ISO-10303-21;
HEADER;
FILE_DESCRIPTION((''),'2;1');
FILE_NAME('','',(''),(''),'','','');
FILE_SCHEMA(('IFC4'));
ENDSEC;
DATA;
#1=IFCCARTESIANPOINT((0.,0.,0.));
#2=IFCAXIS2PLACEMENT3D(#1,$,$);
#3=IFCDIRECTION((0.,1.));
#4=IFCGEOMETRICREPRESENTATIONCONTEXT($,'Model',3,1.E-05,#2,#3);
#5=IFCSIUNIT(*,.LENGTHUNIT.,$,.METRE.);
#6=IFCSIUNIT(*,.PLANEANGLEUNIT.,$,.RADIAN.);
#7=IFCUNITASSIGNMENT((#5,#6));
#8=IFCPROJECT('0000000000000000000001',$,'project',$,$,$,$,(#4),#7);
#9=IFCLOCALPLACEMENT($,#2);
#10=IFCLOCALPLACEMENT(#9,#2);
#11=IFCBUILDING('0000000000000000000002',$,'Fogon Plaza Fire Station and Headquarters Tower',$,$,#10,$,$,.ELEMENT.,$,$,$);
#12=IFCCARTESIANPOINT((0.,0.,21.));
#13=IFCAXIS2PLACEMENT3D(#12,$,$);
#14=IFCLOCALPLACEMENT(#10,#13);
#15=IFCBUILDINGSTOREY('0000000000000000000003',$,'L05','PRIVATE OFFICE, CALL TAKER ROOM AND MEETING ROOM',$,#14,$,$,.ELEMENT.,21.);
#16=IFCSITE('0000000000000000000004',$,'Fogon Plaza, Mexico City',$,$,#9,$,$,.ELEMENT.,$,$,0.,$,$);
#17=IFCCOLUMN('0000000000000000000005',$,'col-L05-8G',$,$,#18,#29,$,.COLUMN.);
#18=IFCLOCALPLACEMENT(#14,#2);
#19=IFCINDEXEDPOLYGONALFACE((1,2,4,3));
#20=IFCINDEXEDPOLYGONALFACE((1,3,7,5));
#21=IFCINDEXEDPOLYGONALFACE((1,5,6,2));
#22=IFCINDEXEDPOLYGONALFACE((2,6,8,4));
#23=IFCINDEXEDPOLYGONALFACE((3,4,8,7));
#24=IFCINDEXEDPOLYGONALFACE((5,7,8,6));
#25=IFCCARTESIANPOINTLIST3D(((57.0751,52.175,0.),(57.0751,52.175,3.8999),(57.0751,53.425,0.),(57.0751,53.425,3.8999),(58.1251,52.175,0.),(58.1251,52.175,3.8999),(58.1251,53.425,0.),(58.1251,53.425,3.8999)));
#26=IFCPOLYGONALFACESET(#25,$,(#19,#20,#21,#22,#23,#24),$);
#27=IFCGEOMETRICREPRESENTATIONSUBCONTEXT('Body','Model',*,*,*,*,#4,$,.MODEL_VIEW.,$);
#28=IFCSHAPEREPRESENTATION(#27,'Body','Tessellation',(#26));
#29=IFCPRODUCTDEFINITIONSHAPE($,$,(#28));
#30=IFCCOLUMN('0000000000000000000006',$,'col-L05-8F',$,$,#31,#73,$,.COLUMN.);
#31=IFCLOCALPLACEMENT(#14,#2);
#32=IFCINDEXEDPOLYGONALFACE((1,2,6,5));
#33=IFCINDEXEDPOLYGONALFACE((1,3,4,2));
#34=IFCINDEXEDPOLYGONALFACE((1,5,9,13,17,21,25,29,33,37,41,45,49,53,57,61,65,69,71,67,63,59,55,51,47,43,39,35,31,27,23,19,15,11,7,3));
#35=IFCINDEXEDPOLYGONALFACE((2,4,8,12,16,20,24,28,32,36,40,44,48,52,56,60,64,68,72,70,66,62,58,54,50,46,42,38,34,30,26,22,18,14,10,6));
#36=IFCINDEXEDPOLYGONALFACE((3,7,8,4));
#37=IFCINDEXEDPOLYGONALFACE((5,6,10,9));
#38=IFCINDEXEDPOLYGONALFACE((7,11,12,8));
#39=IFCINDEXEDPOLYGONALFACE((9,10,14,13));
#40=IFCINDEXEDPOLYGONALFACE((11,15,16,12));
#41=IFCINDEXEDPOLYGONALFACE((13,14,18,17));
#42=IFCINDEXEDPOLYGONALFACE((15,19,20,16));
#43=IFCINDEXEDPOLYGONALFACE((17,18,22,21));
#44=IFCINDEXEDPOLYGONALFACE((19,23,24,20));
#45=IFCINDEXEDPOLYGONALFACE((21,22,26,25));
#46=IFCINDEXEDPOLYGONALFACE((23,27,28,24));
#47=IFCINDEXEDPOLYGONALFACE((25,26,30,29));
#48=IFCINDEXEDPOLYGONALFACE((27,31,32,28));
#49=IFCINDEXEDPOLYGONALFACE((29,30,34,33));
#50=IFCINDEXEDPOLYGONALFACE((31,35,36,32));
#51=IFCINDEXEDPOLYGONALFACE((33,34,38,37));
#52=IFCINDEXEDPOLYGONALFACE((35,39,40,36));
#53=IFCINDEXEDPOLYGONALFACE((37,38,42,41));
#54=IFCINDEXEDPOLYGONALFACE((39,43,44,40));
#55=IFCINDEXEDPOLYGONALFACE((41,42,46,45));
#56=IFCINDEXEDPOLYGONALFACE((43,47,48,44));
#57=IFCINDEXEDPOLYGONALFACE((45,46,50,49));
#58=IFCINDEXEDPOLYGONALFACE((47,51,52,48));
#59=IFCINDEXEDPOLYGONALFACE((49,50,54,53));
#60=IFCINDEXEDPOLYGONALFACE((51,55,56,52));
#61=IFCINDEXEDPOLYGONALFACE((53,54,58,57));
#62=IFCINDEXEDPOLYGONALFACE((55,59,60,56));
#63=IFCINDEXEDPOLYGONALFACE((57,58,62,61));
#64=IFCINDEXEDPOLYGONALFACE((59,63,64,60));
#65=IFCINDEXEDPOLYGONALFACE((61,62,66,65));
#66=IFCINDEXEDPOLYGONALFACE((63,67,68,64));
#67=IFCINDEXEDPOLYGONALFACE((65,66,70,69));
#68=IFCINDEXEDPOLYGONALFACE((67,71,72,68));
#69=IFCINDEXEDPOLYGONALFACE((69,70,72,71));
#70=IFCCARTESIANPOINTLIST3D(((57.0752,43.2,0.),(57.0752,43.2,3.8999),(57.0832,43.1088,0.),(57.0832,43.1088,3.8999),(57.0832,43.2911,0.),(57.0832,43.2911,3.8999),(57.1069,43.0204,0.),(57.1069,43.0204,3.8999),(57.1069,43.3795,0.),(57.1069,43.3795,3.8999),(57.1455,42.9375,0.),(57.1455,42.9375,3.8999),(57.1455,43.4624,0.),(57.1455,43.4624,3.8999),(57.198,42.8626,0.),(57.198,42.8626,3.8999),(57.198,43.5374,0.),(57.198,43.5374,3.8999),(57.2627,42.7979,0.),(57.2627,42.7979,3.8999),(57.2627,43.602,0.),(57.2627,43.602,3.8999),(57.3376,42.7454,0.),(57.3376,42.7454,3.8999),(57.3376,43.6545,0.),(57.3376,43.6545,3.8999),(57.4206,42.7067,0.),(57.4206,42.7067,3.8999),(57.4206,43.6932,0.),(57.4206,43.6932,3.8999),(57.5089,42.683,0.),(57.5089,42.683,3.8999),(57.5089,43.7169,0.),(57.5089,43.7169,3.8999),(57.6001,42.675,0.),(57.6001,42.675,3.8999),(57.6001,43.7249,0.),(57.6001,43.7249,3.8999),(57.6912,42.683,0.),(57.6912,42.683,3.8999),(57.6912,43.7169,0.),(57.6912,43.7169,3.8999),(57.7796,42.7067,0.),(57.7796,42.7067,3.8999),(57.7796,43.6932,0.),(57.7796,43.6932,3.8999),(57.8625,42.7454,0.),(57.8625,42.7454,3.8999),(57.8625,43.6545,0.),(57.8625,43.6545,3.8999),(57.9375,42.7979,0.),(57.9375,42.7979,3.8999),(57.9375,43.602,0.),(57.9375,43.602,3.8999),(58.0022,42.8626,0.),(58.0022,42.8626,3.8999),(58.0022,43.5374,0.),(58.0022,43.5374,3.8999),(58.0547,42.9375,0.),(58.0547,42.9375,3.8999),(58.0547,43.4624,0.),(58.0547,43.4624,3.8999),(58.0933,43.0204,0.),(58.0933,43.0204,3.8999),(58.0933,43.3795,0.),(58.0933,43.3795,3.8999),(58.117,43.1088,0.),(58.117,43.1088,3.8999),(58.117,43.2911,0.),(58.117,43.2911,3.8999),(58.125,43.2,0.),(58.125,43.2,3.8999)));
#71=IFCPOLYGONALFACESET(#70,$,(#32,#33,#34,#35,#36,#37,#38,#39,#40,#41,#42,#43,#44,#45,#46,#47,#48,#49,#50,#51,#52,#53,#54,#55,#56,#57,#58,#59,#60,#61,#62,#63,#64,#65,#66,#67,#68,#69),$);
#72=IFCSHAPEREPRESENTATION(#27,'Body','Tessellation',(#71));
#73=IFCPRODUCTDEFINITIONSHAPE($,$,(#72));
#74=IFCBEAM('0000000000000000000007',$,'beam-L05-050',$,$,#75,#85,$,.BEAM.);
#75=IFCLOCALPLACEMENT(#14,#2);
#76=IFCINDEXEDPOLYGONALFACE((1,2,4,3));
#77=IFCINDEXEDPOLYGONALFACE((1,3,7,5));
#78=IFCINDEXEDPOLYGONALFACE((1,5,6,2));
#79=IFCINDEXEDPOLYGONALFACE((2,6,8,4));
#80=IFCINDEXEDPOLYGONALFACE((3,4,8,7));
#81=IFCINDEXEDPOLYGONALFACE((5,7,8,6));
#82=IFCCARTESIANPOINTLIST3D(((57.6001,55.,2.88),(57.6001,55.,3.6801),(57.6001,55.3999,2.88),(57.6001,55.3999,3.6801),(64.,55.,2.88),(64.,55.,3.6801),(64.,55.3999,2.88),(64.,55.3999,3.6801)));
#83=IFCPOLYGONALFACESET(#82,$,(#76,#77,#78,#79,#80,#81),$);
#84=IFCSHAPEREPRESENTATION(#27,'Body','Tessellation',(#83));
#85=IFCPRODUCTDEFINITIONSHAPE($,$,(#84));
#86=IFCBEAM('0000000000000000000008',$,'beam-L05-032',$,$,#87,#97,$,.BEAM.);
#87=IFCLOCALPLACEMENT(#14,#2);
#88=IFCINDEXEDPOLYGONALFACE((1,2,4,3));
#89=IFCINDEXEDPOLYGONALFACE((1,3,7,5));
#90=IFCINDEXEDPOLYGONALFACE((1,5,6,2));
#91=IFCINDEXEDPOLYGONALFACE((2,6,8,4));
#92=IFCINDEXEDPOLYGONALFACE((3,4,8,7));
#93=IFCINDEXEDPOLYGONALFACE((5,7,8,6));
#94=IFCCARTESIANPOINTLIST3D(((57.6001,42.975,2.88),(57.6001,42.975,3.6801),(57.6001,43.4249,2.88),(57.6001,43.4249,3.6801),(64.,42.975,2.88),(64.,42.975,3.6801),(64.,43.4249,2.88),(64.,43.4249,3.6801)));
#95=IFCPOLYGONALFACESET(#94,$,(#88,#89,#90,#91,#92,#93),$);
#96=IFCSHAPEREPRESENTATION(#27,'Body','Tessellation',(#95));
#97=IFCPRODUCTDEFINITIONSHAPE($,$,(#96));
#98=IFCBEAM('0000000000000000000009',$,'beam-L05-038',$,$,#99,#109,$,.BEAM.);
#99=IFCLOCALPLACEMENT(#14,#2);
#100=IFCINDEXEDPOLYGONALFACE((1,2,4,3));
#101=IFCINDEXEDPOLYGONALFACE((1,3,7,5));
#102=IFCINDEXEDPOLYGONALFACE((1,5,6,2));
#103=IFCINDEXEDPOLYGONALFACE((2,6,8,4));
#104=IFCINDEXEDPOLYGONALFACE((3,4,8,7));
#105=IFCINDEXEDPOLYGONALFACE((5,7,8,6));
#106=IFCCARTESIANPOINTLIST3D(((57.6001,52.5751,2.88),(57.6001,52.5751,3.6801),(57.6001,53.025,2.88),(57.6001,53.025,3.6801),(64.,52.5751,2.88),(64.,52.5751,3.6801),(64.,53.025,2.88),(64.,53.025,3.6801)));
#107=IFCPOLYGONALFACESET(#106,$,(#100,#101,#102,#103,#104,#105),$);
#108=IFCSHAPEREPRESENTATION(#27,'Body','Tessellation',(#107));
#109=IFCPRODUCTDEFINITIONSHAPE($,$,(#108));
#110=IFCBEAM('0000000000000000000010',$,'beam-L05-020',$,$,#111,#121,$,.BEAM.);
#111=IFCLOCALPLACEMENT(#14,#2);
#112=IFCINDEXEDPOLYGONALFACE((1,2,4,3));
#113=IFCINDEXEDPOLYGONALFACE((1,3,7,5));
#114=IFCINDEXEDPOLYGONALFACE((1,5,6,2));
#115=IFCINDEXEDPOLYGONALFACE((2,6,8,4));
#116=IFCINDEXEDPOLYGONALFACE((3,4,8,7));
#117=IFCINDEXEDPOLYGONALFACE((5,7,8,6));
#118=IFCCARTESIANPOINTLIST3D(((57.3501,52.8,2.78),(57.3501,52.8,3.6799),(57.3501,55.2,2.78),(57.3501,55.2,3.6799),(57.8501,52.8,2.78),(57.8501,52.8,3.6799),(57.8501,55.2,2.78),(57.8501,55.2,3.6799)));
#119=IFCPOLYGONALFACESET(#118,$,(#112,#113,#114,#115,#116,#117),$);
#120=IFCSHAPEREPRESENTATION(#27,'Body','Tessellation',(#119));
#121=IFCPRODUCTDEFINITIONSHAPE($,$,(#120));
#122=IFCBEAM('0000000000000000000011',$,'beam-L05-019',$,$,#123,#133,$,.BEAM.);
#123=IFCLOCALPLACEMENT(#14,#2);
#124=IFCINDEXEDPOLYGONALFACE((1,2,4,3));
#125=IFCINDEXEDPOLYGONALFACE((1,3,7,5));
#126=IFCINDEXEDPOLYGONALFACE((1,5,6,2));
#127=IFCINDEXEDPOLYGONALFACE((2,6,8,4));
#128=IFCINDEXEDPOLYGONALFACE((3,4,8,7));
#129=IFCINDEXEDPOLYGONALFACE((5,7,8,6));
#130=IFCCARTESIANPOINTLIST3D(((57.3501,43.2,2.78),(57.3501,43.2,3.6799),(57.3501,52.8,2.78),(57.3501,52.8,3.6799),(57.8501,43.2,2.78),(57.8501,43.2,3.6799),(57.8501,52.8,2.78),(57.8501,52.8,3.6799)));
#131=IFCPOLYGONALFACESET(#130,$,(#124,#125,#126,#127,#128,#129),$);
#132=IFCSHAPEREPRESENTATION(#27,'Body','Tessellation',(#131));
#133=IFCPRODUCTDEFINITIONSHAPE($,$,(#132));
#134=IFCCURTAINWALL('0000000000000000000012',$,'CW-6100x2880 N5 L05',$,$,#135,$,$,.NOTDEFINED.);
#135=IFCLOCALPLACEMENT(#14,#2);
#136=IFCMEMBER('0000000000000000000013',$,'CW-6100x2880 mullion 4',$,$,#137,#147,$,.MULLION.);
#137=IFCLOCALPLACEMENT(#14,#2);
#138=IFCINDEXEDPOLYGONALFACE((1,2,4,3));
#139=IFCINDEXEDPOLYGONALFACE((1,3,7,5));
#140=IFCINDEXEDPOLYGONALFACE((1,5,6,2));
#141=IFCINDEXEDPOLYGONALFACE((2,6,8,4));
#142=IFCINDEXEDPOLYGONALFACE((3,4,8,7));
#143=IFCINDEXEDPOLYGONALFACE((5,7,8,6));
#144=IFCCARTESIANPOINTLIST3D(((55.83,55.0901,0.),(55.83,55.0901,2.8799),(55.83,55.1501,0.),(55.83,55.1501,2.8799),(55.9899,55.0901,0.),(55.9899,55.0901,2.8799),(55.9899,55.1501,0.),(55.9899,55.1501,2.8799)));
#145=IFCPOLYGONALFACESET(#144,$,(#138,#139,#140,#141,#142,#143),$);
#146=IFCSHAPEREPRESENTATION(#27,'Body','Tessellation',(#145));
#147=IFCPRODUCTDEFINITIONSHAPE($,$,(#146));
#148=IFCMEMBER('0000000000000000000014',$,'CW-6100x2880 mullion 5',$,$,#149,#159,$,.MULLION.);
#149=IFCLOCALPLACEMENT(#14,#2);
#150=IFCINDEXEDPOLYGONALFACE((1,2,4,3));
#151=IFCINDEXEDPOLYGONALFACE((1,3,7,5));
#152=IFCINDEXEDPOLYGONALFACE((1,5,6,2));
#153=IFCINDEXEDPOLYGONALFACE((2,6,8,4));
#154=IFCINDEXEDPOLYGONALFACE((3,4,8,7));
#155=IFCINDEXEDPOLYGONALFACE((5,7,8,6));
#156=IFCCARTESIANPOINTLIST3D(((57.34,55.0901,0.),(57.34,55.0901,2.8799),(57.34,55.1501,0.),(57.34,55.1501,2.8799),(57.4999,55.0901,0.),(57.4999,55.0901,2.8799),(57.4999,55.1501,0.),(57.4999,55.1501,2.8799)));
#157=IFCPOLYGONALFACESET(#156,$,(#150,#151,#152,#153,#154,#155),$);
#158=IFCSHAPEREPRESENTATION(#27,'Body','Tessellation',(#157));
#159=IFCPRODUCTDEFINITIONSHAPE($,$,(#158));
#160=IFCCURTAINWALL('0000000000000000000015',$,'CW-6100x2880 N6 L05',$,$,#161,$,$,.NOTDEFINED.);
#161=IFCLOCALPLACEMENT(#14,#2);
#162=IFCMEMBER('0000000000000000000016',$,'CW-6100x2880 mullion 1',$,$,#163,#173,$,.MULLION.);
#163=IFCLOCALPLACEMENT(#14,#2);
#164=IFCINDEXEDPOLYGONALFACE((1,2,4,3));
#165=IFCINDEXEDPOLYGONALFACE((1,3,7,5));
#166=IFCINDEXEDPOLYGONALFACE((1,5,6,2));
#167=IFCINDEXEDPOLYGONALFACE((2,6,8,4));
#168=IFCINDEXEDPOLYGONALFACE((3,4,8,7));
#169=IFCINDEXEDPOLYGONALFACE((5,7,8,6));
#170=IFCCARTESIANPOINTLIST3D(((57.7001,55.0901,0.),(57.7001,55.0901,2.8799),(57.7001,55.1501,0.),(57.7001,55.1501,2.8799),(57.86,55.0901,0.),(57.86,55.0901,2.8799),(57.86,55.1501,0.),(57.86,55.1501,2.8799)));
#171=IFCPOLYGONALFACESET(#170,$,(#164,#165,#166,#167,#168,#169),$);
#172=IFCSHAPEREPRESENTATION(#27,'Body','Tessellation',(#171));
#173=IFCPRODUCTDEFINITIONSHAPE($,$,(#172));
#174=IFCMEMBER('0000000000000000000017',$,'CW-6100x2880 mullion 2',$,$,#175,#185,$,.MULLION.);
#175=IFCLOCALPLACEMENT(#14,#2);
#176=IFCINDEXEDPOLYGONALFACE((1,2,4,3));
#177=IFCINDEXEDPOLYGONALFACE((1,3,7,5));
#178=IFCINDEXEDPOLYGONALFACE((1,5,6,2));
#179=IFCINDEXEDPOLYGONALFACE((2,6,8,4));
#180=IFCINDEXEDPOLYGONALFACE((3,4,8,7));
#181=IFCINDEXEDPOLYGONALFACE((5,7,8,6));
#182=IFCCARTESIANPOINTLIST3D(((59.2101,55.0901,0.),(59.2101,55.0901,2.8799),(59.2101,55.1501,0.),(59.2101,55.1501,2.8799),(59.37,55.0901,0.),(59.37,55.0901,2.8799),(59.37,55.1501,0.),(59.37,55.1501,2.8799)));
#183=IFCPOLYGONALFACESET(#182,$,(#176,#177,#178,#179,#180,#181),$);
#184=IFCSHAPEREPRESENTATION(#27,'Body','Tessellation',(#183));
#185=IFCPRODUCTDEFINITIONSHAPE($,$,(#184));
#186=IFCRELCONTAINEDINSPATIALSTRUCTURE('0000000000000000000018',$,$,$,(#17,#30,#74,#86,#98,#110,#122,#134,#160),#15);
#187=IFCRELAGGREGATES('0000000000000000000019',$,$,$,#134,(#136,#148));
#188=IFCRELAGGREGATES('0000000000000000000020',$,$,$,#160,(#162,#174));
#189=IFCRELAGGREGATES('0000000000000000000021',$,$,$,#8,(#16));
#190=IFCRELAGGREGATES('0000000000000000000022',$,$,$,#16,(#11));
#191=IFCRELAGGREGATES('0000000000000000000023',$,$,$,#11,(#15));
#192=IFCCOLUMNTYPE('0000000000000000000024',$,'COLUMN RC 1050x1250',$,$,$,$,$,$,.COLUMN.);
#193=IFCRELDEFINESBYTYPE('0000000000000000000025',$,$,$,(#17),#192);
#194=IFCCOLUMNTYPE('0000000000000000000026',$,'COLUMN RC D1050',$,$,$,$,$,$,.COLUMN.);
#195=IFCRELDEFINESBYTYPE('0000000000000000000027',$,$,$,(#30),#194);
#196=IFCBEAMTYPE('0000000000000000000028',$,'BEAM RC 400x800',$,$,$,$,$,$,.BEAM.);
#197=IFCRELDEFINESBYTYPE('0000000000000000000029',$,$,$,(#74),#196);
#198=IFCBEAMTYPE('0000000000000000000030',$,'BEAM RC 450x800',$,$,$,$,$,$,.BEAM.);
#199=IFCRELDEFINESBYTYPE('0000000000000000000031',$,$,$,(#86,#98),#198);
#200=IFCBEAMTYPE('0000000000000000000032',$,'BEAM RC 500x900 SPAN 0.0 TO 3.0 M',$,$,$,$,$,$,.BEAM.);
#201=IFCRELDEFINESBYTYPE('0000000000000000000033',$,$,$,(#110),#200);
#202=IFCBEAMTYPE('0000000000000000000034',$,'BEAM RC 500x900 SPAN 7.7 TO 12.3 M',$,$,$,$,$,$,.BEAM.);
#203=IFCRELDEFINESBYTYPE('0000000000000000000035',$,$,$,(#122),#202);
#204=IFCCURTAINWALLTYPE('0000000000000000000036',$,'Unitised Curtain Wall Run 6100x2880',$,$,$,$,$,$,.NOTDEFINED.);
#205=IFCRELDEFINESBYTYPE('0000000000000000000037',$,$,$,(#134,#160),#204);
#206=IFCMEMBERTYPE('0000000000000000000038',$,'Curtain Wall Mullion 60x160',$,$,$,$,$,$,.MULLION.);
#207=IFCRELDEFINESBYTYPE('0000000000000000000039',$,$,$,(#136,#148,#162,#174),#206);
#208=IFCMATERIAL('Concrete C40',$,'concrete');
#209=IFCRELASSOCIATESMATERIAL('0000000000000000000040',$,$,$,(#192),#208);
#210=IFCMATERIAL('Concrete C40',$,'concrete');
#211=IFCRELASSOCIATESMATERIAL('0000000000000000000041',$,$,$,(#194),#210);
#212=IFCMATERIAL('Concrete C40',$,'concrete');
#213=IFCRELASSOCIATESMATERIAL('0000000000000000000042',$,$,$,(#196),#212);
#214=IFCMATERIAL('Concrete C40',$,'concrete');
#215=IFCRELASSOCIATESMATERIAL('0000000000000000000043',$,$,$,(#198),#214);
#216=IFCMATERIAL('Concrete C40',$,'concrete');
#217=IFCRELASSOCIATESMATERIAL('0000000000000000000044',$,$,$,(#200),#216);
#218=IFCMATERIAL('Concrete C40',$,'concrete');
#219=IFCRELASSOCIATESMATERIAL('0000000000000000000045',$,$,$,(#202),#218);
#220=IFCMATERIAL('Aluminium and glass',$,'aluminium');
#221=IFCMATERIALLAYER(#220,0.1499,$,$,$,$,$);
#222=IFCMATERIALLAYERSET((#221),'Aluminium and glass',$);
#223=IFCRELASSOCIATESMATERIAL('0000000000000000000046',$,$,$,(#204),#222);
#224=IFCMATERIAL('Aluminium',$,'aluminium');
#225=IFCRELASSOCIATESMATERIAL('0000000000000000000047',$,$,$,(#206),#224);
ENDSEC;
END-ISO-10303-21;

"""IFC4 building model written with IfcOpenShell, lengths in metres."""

from ifc_helpers import new_model, si_unit, direction, frame, origin, origin_2d, place, context, subcontext, project, spatial, rectangle, circle, extrude, material, layer, layer_set, material_profile, profile_set, type_object, element, aggregate, save


model = new_model("IFC4")

# Units and contexts
model_context = context("Model", 3, precision=1e-05, world=origin(), true_north=direction((0.0, 1.0)))
body_context = subcontext(model_context, "Body", "Model", "MODEL_VIEW")
ifc_project = project(units=[si_unit("LENGTHUNIT", "METRE"), si_unit("PLANEANGLEUNIT", "RADIAN")], contexts=[model_context])

# Site, building, storey
site_placement = place(None, origin())
site = spatial("IfcSite", under=ifc_project, at=site_placement, Name="Fogon Plaza, Mexico City", CompositionType="ELEMENT", RefElevation=0.0)
building_placement = place(site_placement, origin())
building = spatial("IfcBuilding", under=site, at=building_placement, Name="Fogon Plaza Fire Station and Headquarters Tower", CompositionType="ELEMENT")
storey_placement = place(building_placement, frame((0.0, 0.0, 21.0)))
storey = spatial("IfcBuildingStorey", under=building, at=storey_placement, Name="L05", Description="PRIVATE OFFICE, CALL TAKER ROOM AND MEETING ROOM", CompositionType="ELEMENT", Elevation=21.0)

# Columns
ifc_material_1 = material(Name="Concrete C40", Category="concrete")
ifc_material_profile_1 = material_profile(ifc_material_1, rectangle(XDim=1.05, YDim=1.25, at=origin_2d()), Name="RC 1050x1250")
ifc_profile_set_1 = profile_set([ifc_material_profile_1], Name="Concrete C40")
column_type_1 = type_object("IfcColumnType", Name="COLUMN RC 1050x1250", PredefinedType="COLUMN", material=ifc_profile_set_1)
column_1_placement = place(storey_placement, frame((57.6001, 52.8, 0.0), z_axis=(0.0, 0.0, 1.0), x_axis=(1.0, 0.0, 0.0)))
element("IfcColumn", 1, at=column_1_placement, inside=storey, type_object=column_type_1, Name="col-L05-8G", PredefinedType="COLUMN", context=body_context, shape_type="SweptSolid", body=[
    extrude(rectangle(XDim=1.05, YDim=1.25, at=origin_2d()), origin(), (0.0, 0.0, 1.0), 3.8999),
])
ifc_material_2 = material(Name="Concrete C40", Category="concrete")
ifc_material_profile_2 = material_profile(ifc_material_2, circle(Radius=0.5249, at=origin_2d()), Name="RC D1050")
ifc_profile_set_2 = profile_set([ifc_material_profile_2], Name="Concrete C40")
column_type_2 = type_object("IfcColumnType", Name="COLUMN RC D1050", PredefinedType="COLUMN", material=ifc_profile_set_2)
column_2_placement = place(storey_placement, frame((57.6001, 43.2, 0.0), z_axis=(0.0, 0.0, 1.0), x_axis=(1.0, 0.0, 0.0)))
element("IfcColumn", 2, at=column_2_placement, inside=storey, type_object=column_type_2, Name="col-L05-8F", PredefinedType="COLUMN", context=body_context, shape_type="SweptSolid", body=[
    extrude(circle(Radius=0.5249, at=origin_2d()), origin(), (0.0, 0.0, 1.0), 3.8999),
])

# Beams
ifc_material_3 = material(Name="Concrete C40", Category="concrete")
ifc_material_profile_3 = material_profile(ifc_material_3, rectangle(XDim=0.3999, YDim=0.8, at=origin_2d()), Name="RC 400x800")
ifc_profile_set_3 = profile_set([ifc_material_profile_3], Name="Concrete C40")
beam_type_1 = type_object("IfcBeamType", Name="BEAM RC 400x800", PredefinedType="BEAM", material=ifc_profile_set_3)
beam_1_placement = place(storey_placement, frame((57.6001, 55.2, 3.28), z_axis=(1.0, 0.0, 0.0), x_axis=(0.0, 1.0, 0.0)))
element("IfcBeam", 3, at=beam_1_placement, inside=storey, type_object=beam_type_1, Name="beam-L05-050", PredefinedType="BEAM", context=body_context, shape_type="SweptSolid", body=[
    extrude(rectangle(XDim=0.3999, YDim=0.8, at=origin_2d()), origin(), (0.0, 0.0, 1.0), 6.3999),
])
ifc_material_4 = material(Name="Concrete C40", Category="concrete")
ifc_material_profile_4 = material_profile(ifc_material_4, rectangle(XDim=0.45, YDim=0.8, at=origin_2d()), Name="RC 450x800")
ifc_profile_set_4 = profile_set([ifc_material_profile_4], Name="Concrete C40")
beam_type_2 = type_object("IfcBeamType", Name="BEAM RC 450x800", PredefinedType="BEAM", material=ifc_profile_set_4)
for number, where, z_axis, x_axis, name in (
    (4, (57.6001, 43.2, 3.28), (1.0, 0.0, 0.0), (0.0, 1.0, 0.0), "beam-L05-032"),
    (5, (57.6001, 52.8, 3.28), (1.0, 0.0, 0.0), (0.0, 1.0, 0.0), "beam-L05-038"),
):
    element("IfcBeam", number, at=place(storey_placement, frame(where, z_axis=z_axis, x_axis=x_axis)), inside=storey, type_object=beam_type_2, Name=name, PredefinedType="BEAM", context=body_context, shape_type="SweptSolid", body=[
        extrude(rectangle(XDim=0.45, YDim=0.8, at=origin_2d()), origin(), (0.0, 0.0, 1.0), 6.3999),
    ])
ifc_material_5 = material(Name="Concrete C40", Category="concrete")
ifc_material_profile_5 = material_profile(ifc_material_5, rectangle(XDim=0.5, YDim=0.8999, at=origin_2d()), Name="RC 500x900")
ifc_profile_set_5 = profile_set([ifc_material_profile_5], Name="Concrete C40")
beam_type_3 = type_object("IfcBeamType", Name="BEAM RC 500x900 SPAN 0.0 TO 3.0 M", PredefinedType="BEAM", material=ifc_profile_set_5)
beam_2_placement = place(storey_placement, frame((57.6001, 52.8, 3.23), z_axis=(0.0, 1.0, 0.0), x_axis=(-1.0, 0.0, 0.0)))
element("IfcBeam", 6, at=beam_2_placement, inside=storey, type_object=beam_type_3, Name="beam-L05-020", PredefinedType="BEAM", context=body_context, shape_type="SweptSolid", body=[
    extrude(rectangle(XDim=0.5, YDim=0.8999, at=origin_2d()), origin(), (0.0, 0.0, 1.0), 2.3999),
])
ifc_material_6 = material(Name="Concrete C40", Category="concrete")
ifc_material_profile_6 = material_profile(ifc_material_6, rectangle(XDim=0.5, YDim=0.8999, at=origin_2d()), Name="RC 500x900")
ifc_profile_set_6 = profile_set([ifc_material_profile_6], Name="Concrete C40")
beam_type_4 = type_object("IfcBeamType", Name="BEAM RC 500x900 SPAN 7.7 TO 12.3 M", PredefinedType="BEAM", material=ifc_profile_set_6)
beam_3_placement = place(storey_placement, frame((57.6001, 43.2, 3.23), z_axis=(0.0, 1.0, 0.0), x_axis=(-1.0, 0.0, 0.0)))
element("IfcBeam", 7, at=beam_3_placement, inside=storey, type_object=beam_type_4, Name="beam-L05-019", PredefinedType="BEAM", context=body_context, shape_type="SweptSolid", body=[
    extrude(rectangle(XDim=0.5, YDim=0.8999, at=origin_2d()), origin(), (0.0, 0.0, 1.0), 9.6001),
])

# Curtain walls, members
ifc_material_7 = material(Name="Aluminium and glass", Category="aluminium")
ifc_layer_1 = layer(ifc_material_7, 0.1499)
ifc_layer_set_1 = layer_set([ifc_layer_1], Name="Aluminium and glass")
curtain_wall_type = type_object("IfcCurtainWallType", Name="Unitised Curtain Wall Run 6100x2880", PredefinedType="NOTDEFINED", material=ifc_layer_set_1)
curtain_wall_1_placement = place(storey_placement, origin())
curtain_wall_1 = element("IfcCurtainWall", 8, at=curtain_wall_1_placement, inside=storey, type_object=curtain_wall_type, Name="CW-6100x2880 N5 L05", PredefinedType="NOTDEFINED")
ifc_material_8 = material(Name="Aluminium", Category="aluminium")
ifc_material_profile_7 = material_profile(ifc_material_8, rectangle(XDim=0.0601, YDim=0.1599, at=origin_2d()), Name="Curtain Wall Mullion 60x160")
ifc_profile_set_7 = profile_set([ifc_material_profile_7], Name="Aluminium")
member_type_1 = type_object("IfcMemberType", Name="Curtain Wall Mullion 60x160", PredefinedType="MULLION", material=ifc_profile_set_7)
member_1_placement = place(storey_placement, frame((55.9099, 55.1201, 0.0), z_axis=(0.0, 0.0, 1.0), x_axis=(0.0, 1.0, 0.0)))
member_1 = element("IfcMember", 9, at=member_1_placement, type_object=member_type_1, Name="CW-6100x2880 mullion 4", PredefinedType="MULLION", context=body_context, shape_type="SweptSolid", body=[
    extrude(rectangle(XDim=0.0601, YDim=0.1599, at=origin_2d()), origin(), (0.0, 0.0, 1.0), 2.8799),
])
member_2_placement = place(storey_placement, frame((57.4199, 55.1201, 0.0), z_axis=(0.0, 0.0, 1.0), x_axis=(0.0, 1.0, 0.0)))
member_2 = element("IfcMember", 10, at=member_2_placement, type_object=member_type_1, Name="CW-6100x2880 mullion 5", PredefinedType="MULLION", context=body_context, shape_type="SweptSolid", body=[
    extrude(rectangle(XDim=0.0601, YDim=0.1599, at=origin_2d()), origin(), (0.0, 0.0, 1.0), 2.8799),
])
curtain_wall_2_placement = place(storey_placement, origin())
curtain_wall_2 = element("IfcCurtainWall", 11, at=curtain_wall_2_placement, inside=storey, type_object=curtain_wall_type, Name="CW-6100x2880 N6 L05", PredefinedType="NOTDEFINED")
member_3_placement = place(storey_placement, frame((57.78, 55.1201, 0.0), z_axis=(0.0, 0.0, 1.0), x_axis=(0.0, 1.0, 0.0)))
member_3 = element("IfcMember", 12, at=member_3_placement, type_object=member_type_1, Name="CW-6100x2880 mullion 1", PredefinedType="MULLION", context=body_context, shape_type="SweptSolid", body=[
    extrude(rectangle(XDim=0.0601, YDim=0.1599, at=origin_2d()), origin(), (0.0, 0.0, 1.0), 2.8799),
])
member_4_placement = place(storey_placement, frame((59.29, 55.1201, 0.0), z_axis=(0.0, 0.0, 1.0), x_axis=(0.0, 1.0, 0.0)))
member_4 = element("IfcMember", 13, at=member_4_placement, type_object=member_type_1, Name="CW-6100x2880 mullion 2", PredefinedType="MULLION", context=body_context, shape_type="SweptSolid", body=[
    extrude(rectangle(XDim=0.0601, YDim=0.1599, at=origin_2d()), origin(), (0.0, 0.0, 1.0), 2.8799),
])

aggregate(curtain_wall_1, [member_1, member_2])
aggregate(curtain_wall_2, [member_3, member_4])

save(model, "model.ifc")
